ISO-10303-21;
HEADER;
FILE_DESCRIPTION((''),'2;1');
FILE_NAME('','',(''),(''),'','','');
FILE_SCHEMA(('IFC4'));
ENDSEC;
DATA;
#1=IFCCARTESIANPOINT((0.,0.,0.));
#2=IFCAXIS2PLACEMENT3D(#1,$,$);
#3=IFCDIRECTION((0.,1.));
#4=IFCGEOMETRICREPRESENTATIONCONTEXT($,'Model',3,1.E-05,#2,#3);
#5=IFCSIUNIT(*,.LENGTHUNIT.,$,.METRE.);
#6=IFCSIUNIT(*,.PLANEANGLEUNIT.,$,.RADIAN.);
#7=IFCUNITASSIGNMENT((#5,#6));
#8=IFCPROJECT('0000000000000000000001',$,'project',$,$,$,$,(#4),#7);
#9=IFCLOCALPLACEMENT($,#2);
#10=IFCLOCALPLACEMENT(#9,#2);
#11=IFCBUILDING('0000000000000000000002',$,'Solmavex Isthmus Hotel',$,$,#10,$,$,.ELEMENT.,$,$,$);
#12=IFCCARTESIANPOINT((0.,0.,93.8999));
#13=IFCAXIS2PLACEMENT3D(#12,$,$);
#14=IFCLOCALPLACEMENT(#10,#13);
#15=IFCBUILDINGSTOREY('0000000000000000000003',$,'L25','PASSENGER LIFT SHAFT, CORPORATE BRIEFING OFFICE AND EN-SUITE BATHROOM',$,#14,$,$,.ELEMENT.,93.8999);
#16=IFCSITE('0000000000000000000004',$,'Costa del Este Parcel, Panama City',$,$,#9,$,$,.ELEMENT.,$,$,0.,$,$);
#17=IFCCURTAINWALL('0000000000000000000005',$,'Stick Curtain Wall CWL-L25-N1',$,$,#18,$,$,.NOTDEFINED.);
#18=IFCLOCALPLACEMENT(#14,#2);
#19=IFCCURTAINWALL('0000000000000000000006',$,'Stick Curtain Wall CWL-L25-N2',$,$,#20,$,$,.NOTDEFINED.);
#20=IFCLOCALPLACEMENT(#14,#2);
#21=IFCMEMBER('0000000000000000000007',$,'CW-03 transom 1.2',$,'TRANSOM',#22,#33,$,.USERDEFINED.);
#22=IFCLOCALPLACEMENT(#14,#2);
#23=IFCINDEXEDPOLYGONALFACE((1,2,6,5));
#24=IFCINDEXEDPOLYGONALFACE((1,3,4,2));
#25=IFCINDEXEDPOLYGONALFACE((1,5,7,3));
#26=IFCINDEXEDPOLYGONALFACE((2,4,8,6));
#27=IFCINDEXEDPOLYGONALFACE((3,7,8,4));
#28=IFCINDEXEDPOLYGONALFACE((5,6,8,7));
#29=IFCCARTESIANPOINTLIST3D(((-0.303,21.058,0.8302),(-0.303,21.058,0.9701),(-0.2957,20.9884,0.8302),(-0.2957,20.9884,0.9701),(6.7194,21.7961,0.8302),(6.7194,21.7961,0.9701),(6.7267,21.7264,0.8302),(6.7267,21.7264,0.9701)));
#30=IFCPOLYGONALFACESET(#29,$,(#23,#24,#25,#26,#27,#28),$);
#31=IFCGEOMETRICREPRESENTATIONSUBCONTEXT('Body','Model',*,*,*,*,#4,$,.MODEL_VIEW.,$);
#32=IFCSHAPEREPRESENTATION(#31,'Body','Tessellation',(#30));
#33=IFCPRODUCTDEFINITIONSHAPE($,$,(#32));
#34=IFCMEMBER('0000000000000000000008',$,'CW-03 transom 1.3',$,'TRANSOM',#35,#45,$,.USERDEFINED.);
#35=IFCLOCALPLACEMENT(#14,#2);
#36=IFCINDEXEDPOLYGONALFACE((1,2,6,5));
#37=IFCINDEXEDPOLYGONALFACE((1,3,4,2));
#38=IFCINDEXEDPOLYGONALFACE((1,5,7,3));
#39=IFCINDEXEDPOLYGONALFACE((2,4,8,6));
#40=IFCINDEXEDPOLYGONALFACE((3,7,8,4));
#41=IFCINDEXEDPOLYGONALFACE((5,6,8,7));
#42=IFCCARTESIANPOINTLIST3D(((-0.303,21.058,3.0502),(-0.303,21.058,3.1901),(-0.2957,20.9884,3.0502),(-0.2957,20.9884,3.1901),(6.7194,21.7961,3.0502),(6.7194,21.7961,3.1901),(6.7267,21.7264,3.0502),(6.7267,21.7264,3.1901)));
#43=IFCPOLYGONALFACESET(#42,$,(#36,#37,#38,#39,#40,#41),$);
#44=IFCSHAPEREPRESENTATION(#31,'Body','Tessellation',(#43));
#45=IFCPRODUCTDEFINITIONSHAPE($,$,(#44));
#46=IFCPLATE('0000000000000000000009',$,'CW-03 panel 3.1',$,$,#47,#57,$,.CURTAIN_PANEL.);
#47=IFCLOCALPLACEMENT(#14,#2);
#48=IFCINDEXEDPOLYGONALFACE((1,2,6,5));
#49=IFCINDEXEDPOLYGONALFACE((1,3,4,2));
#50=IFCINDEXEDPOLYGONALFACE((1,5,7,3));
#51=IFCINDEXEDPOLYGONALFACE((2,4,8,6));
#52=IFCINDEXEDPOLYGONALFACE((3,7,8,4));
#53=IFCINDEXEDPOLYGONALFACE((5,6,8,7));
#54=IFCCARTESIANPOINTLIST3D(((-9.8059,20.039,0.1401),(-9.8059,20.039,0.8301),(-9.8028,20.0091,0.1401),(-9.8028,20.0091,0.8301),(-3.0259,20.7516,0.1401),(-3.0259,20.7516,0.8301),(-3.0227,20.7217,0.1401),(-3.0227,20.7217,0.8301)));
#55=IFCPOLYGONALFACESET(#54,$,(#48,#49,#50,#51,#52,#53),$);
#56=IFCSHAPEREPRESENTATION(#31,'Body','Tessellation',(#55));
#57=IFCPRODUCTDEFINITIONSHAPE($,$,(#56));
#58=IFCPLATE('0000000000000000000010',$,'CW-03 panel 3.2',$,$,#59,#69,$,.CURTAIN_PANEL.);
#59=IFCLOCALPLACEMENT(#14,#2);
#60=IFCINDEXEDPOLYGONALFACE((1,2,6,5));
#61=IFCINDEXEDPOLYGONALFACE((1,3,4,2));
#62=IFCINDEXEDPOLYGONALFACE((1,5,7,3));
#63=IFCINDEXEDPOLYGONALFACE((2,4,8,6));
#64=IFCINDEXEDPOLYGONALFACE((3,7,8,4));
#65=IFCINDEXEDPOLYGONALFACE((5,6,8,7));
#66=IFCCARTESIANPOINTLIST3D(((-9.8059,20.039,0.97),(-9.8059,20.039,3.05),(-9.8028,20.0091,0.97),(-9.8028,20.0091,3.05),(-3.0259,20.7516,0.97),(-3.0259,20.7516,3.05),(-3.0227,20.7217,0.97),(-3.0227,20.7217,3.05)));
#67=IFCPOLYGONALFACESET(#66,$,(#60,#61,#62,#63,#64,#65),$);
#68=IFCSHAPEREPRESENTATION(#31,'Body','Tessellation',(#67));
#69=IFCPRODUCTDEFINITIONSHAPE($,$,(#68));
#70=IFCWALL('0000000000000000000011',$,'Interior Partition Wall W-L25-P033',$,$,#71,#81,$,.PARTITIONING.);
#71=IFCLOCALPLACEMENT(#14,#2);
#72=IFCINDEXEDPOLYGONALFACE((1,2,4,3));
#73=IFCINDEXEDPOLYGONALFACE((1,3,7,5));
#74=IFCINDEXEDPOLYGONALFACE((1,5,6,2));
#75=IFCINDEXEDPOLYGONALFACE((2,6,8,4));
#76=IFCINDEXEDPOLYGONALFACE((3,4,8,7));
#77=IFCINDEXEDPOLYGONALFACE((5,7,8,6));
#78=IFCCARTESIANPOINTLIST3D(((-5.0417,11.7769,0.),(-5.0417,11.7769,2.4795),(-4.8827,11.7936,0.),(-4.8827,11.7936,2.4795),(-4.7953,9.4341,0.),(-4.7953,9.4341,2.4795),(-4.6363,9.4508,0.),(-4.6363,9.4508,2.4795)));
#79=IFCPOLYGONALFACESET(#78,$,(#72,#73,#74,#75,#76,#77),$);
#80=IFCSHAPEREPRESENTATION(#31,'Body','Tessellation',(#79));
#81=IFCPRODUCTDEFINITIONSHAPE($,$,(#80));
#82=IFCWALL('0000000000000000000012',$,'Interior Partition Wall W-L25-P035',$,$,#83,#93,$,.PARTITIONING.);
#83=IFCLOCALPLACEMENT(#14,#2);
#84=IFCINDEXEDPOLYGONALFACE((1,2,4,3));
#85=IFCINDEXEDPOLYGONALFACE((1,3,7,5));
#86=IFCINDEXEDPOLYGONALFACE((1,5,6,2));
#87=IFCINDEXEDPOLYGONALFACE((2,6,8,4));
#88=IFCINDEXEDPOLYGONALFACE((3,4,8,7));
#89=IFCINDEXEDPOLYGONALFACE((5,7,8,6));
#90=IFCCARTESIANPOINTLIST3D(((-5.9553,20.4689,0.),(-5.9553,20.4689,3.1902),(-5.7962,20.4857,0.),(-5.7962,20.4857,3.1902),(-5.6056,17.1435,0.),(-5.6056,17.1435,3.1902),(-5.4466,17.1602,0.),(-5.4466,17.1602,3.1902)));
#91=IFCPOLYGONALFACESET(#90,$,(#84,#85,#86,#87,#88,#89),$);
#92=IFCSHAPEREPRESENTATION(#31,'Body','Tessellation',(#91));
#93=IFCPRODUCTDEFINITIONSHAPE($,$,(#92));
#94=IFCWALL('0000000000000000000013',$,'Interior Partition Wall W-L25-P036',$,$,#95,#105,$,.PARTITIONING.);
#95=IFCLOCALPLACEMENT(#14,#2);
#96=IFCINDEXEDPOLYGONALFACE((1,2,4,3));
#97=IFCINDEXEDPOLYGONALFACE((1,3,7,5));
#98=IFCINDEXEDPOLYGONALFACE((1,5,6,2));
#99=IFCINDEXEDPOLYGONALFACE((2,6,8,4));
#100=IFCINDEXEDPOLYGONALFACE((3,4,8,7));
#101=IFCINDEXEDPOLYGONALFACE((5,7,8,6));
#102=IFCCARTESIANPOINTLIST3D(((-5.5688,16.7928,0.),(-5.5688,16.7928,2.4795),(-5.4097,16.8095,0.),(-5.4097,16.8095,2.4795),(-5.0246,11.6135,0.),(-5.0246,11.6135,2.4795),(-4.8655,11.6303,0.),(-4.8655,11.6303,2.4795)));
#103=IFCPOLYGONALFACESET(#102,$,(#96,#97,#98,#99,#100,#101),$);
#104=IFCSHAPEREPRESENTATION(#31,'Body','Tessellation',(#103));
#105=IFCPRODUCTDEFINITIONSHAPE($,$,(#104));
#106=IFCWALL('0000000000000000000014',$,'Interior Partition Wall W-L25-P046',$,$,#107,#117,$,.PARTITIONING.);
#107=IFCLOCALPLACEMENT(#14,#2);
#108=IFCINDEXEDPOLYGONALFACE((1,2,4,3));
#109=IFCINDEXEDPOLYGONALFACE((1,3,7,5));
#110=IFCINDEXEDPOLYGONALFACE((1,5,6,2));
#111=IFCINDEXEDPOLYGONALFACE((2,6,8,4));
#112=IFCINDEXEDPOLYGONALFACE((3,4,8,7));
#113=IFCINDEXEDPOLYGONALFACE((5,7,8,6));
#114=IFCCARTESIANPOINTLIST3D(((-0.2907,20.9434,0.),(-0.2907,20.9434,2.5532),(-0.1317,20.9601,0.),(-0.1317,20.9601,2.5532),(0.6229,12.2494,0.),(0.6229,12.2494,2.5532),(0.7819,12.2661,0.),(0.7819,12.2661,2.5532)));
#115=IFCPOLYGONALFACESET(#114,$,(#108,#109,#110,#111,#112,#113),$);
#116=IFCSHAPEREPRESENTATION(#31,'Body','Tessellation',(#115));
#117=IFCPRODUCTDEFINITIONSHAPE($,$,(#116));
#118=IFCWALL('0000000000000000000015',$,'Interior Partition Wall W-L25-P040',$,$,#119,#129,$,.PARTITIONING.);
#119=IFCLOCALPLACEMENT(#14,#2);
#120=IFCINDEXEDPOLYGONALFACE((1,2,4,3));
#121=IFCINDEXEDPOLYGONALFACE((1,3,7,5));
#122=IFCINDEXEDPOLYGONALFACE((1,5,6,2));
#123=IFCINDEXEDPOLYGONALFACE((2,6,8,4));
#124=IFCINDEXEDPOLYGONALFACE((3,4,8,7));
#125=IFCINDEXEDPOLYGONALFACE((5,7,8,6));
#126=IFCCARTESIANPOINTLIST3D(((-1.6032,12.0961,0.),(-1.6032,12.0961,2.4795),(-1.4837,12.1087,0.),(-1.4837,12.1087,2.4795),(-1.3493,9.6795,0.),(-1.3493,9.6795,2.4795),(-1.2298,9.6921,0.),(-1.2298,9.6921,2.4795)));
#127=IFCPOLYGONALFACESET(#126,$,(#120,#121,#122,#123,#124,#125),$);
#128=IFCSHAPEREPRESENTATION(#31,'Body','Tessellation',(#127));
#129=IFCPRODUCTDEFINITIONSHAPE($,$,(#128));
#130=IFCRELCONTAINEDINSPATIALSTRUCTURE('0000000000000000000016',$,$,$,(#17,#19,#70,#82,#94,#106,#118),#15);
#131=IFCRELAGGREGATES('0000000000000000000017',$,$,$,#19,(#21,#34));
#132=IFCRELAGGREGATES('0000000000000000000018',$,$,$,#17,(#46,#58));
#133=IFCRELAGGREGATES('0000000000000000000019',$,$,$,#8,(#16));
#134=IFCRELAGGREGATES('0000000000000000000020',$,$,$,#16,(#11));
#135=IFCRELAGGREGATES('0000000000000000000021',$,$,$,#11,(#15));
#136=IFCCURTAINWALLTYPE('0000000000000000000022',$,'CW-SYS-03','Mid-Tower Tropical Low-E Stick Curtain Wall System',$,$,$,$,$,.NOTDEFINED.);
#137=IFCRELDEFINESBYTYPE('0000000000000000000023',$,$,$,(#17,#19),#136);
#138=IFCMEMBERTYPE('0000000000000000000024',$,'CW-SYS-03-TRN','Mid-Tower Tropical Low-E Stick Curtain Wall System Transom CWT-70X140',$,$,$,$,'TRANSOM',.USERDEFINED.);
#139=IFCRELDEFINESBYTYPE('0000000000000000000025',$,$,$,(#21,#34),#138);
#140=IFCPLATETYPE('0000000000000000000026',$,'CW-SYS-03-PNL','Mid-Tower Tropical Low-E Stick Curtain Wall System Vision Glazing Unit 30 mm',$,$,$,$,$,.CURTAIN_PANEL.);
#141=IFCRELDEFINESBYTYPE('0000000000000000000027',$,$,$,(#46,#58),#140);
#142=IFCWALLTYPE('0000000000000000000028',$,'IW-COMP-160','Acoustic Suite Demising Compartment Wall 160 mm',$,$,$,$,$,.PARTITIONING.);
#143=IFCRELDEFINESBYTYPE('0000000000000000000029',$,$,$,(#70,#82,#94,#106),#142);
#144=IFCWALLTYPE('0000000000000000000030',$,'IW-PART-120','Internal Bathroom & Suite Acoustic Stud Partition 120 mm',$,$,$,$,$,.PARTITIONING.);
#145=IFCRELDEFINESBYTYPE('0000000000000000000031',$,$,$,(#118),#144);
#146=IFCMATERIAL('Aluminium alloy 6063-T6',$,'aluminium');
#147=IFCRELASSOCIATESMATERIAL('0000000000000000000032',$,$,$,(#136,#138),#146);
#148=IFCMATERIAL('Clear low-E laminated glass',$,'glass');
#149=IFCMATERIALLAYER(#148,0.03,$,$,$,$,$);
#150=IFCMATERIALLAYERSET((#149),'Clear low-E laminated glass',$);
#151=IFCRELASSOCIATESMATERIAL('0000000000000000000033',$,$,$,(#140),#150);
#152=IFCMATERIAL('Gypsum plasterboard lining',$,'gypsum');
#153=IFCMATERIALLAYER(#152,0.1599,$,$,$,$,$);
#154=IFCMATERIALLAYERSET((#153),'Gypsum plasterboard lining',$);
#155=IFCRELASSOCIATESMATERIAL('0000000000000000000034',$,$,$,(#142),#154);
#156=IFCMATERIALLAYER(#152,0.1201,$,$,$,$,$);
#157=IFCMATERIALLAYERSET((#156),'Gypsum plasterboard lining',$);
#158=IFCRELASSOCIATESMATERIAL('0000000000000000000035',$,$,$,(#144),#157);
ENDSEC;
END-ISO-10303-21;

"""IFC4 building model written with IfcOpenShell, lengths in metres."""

from ifc_helpers import new_model, si_unit, direction, frame, frame_2d, origin, origin_2d, place, context, subcontext, project, spatial, rectangle, extrude, material, layer, layer_set, material_profile, profile_set, type_object, element, aggregate, save


model = new_model("IFC4")

# Units and contexts
model_context = context("Model", 3, precision=1e-05, world=origin(), true_north=direction((0.0, 1.0)))
body_context = subcontext(model_context, "Body", "Model", "MODEL_VIEW")
ifc_project = project(units=[si_unit("LENGTHUNIT", "METRE"), si_unit("PLANEANGLEUNIT", "RADIAN")], contexts=[model_context])

# Site, building, storey
site_placement = place(None, origin())
site = spatial("IfcSite", under=ifc_project, at=site_placement, Name="Costa del Este Parcel, Panama City", CompositionType="ELEMENT", RefElevation=0.0)
building_placement = place(site_placement, origin())
building = spatial("IfcBuilding", under=site, at=building_placement, Name="Solmavex Isthmus Hotel", CompositionType="ELEMENT")
storey_placement = place(building_placement, frame((0.0, 0.0, 93.8999)))
storey = spatial("IfcBuildingStorey", under=building, at=storey_placement, Name="L25", Description="PASSENGER LIFT SHAFT, CORPORATE BRIEFING OFFICE AND EN-SUITE BATHROOM", CompositionType="ELEMENT", Elevation=93.8999)

# Curtain wall
ifc_material_1 = material(Name="Aluminium alloy 6063-T6", Category="aluminium")
curtain_wall_type = type_object("IfcCurtainWallType", Name="CW-SYS-03", Description="Mid-Tower Tropical Low-E Stick Curtain Wall System", PredefinedType="NOTDEFINED", material=ifc_material_1)
curtain_wall_1_placement = place(storey_placement, origin())
curtain_wall_1 = element("IfcCurtainWall", 1, at=curtain_wall_1_placement, inside=storey, type_object=curtain_wall_type, Name="Stick Curtain Wall CWL-L25-N1", PredefinedType="NOTDEFINED")

# Curtain wall
curtain_wall_2_placement = place(storey_placement, origin())
curtain_wall_2 = element("IfcCurtainWall", 2, at=curtain_wall_2_placement, inside=storey, type_object=curtain_wall_type, Name="Stick Curtain Wall CWL-L25-N2", PredefinedType="NOTDEFINED")

# Members
ifc_material_profile_1 = material_profile(ifc_material_1, rectangle(XDim=0.0701, YDim=0.1399, at=origin_2d()), Name="CWT-70X140")
ifc_profile_set_1 = profile_set([ifc_material_profile_1], Name="Aluminium alloy 6063-T6")
member_type_1 = type_object("IfcMemberType", Name="CW-SYS-03-TRN", Description="Mid-Tower Tropical Low-E Stick Curtain Wall System Transom CWT-70X140", ElementType="TRANSOM", PredefinedType="USERDEFINED", material=ifc_profile_set_1)
member_1_placement = place(storey_placement, frame((-0.2993, 21.0232, 0.9001), z_axis=(0.994523, 0.104521, 0.0), x_axis=(-0.104521, 0.994523, 0.0)))
member_1 = element("IfcMember", 3, at=member_1_placement, type_object=member_type_1, Name="CW-03 transom 1.2", ObjectType="TRANSOM", PredefinedType="USERDEFINED", context=body_context, shape_type="SweptSolid", body=[
    extrude(rectangle(XDim=0.0701, YDim=0.1399, at=origin_2d()), origin(), (0.0, 0.0, 1.0), 7.061),
])
member_2_placement = place(storey_placement, frame((-0.2993, 21.0232, 3.1201), z_axis=(0.994523, 0.104521, 0.0), x_axis=(-0.104521, 0.994523, 0.0)))
member_2 = element("IfcMember", 4, at=member_2_placement, type_object=member_type_1, Name="CW-03 transom 1.3", ObjectType="TRANSOM", PredefinedType="USERDEFINED", context=body_context, shape_type="SweptSolid", body=[
    extrude(rectangle(XDim=0.0701, YDim=0.1399, at=origin_2d()), origin(), (0.0, 0.0, 1.0), 7.061),
])
aggregate(curtain_wall_2, [member_1, member_2])

# Plates
ifc_material_2 = material(Name="Clear low-E laminated glass", Category="glass")
ifc_layer_1 = layer(ifc_material_2, 0.03)
ifc_layer_set_1 = layer_set([ifc_layer_1], Name="Clear low-E laminated glass")
plate_type = type_object("IfcPlateType", Name="CW-SYS-03-PNL", Description="Mid-Tower Tropical Low-E Stick Curtain Wall System Vision Glazing Unit 30 mm", PredefinedType="CURTAIN_PANEL", material=ifc_layer_set_1)
plate_1_placement = place(storey_placement, frame((-6.4143, 20.3804, 0.1401), z_axis=(0.0, 0.0, 1.0), x_axis=(0.994522, 0.104528, 0.0)))
plate_1 = element("IfcPlate", 5, at=plate_1_placement, type_object=plate_type, Name="CW-03 panel 3.1", PredefinedType="CURTAIN_PANEL", context=body_context, shape_type="SweptSolid", body=[
    extrude(rectangle(XDim=6.8174, YDim=0.03, at=origin_2d()), origin(), (0.0, 0.0, 1.0), 0.6899),
])
plate_2_placement = place(storey_placement, frame((-6.4143, 20.3804, 0.97), z_axis=(0.0, 0.0, 1.0), x_axis=(0.994522, 0.104528, 0.0)))
plate_2 = element("IfcPlate", 6, at=plate_2_placement, type_object=plate_type, Name="CW-03 panel 3.2", PredefinedType="CURTAIN_PANEL", context=body_context, shape_type="SweptSolid", body=[
    extrude(rectangle(XDim=6.8174, YDim=0.03, at=origin_2d()), origin(), (0.0, 0.0, 1.0), 2.0801),
])
aggregate(curtain_wall_1, [plate_1, plate_2])

# Walls
ifc_material_3 = material(Name="Gypsum plasterboard lining", Category="gypsum")
ifc_layer_2 = layer(ifc_material_3, 0.1599)
ifc_layer_set_2 = layer_set([ifc_layer_2], Name="Gypsum plasterboard lining")
wall_type_1 = type_object("IfcWallType", Name="IW-COMP-160", Description="Acoustic Suite Demising Compartment Wall 160 mm", PredefinedType="PARTITIONING", material=ifc_layer_set_2)
wall_1_placement = place(storey_placement, frame((-4.9622, 11.7852, 0.0), z_axis=(0.0, 0.0, 1.0), x_axis=(0.104571, -0.994517, 0.0)))
element("IfcWall", 7, at=wall_1_placement, inside=storey, type_object=wall_type_1, Name="Interior Partition Wall W-L25-P033", PredefinedType="PARTITIONING", context=body_context, shape_type="SweptSolid", body=[
    extrude(rectangle(XDim=2.3557, YDim=0.1599, at=frame_2d((1.1777, 0.0))), origin(), (0.0, 0.0, 1.0), 2.4795),
])
wall_2_placement = place(storey_placement, frame((-5.8757, 20.4773, 0.0), z_axis=(0.0, 0.0, 1.0), x_axis=(0.104556, -0.994519, 0.0)))
element("IfcWall", 8, at=wall_2_placement, inside=storey, type_object=wall_type_1, Name="Interior Partition Wall W-L25-P035", PredefinedType="PARTITIONING", context=body_context, shape_type="SweptSolid", body=[
    extrude(rectangle(XDim=3.3438, YDim=0.1599, at=frame_2d((1.6719, 0.0))), origin(), (0.0, 0.0, 1.0), 3.1902),
])
wall_3_placement = place(storey_placement, frame((-5.4893, 16.8013, 0.0), z_axis=(0.0, 0.0, 1.0), x_axis=(0.104497, -0.994525, 0.0)))
element("IfcWall", 9, at=wall_3_placement, inside=storey, type_object=wall_type_1, Name="Interior Partition Wall W-L25-P036", PredefinedType="PARTITIONING", context=body_context, shape_type="SweptSolid", body=[
    extrude(rectangle(XDim=5.2078, YDim=0.1599, at=frame_2d((2.604, 0.0))), origin(), (0.0, 0.0, 1.0), 2.4795),
])

# Walls
wall_4_placement = place(storey_placement, frame((-0.2112, 20.9519, 0.0), z_axis=(0.0, 0.0, 1.0), x_axis=(0.104505, -0.994524, 0.0)))
element("IfcWall", 10, at=wall_4_placement, inside=storey, type_object=wall_type_1, Name="Interior Partition Wall W-L25-P046", PredefinedType="PARTITIONING", context=body_context, shape_type="SweptSolid", body=[
    extrude(rectangle(XDim=8.7419, YDim=0.1599, at=frame_2d((4.3711, 0.0))), origin(), (0.0, 0.0, 1.0), 2.5532),
])
ifc_layer_3 = layer(ifc_material_3, 0.1201)
ifc_layer_set_3 = layer_set([ifc_layer_3], Name="Gypsum plasterboard lining")
wall_type_2 = type_object("IfcWallType", Name="IW-PART-120", Description="Internal Bathroom & Suite Acoustic Stud Partition 120 mm", PredefinedType="PARTITIONING", material=ifc_layer_set_3)
wall_5_placement = place(storey_placement, frame((-1.5435, 12.1023, 0.0), z_axis=(0.0, 0.0, 1.0), x_axis=(0.104486, -0.994526, 0.0)))
element("IfcWall", 11, at=wall_5_placement, inside=storey, type_object=wall_type_2, Name="Interior Partition Wall W-L25-P040", PredefinedType="PARTITIONING", context=body_context, shape_type="SweptSolid", body=[
    extrude(rectangle(XDim=2.4299, YDim=0.1201, at=frame_2d((1.2148, 0.0))), origin(), (0.0, 0.0, 1.0), 2.4795),
])

save(model, "model.ifc")
